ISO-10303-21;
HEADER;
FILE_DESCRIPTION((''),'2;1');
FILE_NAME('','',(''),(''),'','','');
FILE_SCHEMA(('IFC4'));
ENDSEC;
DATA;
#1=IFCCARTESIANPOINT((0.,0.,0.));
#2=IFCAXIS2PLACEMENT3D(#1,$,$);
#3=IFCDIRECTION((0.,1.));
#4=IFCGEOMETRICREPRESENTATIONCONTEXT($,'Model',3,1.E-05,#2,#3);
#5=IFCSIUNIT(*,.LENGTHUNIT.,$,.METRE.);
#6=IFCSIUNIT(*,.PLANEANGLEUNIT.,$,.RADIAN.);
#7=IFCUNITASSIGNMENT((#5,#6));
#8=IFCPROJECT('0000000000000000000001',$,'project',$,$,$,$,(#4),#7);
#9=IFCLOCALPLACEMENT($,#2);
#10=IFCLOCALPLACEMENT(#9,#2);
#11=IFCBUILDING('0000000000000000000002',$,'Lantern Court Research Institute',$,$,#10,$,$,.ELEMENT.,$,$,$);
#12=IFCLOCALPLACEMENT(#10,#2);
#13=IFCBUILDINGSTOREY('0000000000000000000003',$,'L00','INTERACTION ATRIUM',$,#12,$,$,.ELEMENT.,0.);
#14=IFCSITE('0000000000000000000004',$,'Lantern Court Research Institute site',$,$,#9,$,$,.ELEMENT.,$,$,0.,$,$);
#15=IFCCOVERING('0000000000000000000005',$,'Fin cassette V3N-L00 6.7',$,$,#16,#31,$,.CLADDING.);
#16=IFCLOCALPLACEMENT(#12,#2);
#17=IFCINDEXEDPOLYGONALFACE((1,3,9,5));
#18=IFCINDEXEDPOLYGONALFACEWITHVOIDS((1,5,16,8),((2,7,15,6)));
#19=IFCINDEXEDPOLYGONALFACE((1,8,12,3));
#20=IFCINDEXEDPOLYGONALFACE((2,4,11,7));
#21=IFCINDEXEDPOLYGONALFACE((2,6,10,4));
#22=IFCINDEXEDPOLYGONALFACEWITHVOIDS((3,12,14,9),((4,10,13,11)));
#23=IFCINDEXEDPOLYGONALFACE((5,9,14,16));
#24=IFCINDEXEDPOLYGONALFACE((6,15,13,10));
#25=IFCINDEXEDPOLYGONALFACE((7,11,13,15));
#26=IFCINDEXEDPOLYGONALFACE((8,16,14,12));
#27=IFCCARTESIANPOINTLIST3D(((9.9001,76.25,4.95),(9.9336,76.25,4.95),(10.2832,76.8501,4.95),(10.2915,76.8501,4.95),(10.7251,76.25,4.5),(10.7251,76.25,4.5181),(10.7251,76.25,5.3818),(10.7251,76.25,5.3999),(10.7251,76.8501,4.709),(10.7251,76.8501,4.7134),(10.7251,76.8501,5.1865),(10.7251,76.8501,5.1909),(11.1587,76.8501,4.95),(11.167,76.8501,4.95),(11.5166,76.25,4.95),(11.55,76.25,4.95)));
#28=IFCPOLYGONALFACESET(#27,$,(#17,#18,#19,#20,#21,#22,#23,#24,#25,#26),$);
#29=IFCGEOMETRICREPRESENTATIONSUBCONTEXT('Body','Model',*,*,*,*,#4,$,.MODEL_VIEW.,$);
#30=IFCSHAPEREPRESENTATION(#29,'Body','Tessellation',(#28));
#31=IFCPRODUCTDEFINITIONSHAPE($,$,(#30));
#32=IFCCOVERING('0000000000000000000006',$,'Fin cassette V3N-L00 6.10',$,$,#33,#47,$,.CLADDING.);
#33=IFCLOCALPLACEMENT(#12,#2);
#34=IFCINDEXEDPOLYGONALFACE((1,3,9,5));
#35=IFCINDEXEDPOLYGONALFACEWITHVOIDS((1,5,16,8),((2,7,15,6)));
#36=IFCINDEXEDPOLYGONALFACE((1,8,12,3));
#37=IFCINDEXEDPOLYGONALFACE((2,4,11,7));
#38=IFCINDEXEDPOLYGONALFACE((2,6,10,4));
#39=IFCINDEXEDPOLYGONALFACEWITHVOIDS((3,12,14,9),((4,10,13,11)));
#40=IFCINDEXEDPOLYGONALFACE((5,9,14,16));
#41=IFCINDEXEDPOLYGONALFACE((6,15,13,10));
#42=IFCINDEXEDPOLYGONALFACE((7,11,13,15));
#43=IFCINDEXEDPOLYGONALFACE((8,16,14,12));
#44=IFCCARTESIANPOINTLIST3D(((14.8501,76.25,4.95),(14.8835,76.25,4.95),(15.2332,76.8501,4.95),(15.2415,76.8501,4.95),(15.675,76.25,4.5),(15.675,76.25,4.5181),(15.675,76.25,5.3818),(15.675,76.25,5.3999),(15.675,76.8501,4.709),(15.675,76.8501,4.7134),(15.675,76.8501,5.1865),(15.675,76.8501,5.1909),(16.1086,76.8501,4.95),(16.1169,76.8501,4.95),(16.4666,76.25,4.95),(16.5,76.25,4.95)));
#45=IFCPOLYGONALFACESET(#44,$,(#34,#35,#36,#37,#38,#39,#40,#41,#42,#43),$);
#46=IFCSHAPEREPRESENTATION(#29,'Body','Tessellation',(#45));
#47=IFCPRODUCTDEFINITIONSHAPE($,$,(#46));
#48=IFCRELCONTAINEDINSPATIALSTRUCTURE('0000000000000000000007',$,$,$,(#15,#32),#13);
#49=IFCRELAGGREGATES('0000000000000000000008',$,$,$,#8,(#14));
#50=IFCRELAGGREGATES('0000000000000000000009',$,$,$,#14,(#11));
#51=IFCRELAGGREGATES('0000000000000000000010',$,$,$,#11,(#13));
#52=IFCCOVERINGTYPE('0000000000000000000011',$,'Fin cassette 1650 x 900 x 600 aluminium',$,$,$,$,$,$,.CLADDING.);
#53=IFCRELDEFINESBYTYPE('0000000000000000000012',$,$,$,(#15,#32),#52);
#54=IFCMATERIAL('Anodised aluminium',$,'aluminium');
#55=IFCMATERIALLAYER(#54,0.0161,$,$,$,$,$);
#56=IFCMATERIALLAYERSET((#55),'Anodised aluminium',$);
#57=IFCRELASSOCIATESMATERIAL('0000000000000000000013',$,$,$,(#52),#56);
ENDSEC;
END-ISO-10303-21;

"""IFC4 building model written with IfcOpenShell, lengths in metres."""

from ifc_helpers import new_model, entity, si_unit, direction, frame, origin, place, context, subcontext, project, spatial, material, layer, layer_set, type_object, element, save


model = new_model("IFC4")

# Units and contexts
model_context = context("Model", 3, precision=1e-05, world=origin(), true_north=direction((0.0, 1.0)))
body_context = subcontext(model_context, "Body", "Model", "MODEL_VIEW")
ifc_project = project(units=[si_unit("LENGTHUNIT", "METRE"), si_unit("PLANEANGLEUNIT", "RADIAN")], contexts=[model_context])

# Site, building, storey
site_placement = place(None, origin())
site = spatial("IfcSite", under=ifc_project, at=site_placement, Name="Lantern Court Research Institute site", CompositionType="ELEMENT", RefElevation=0.0)
building_placement = place(site_placement, origin())
building = spatial("IfcBuilding", under=site, at=building_placement, Name="Lantern Court Research Institute", CompositionType="ELEMENT")
storey_placement = place(building_placement, origin())
storey = spatial("IfcBuildingStorey", under=building, at=storey_placement, Name="L00", Description="INTERACTION ATRIUM", CompositionType="ELEMENT", Elevation=0.0)

# Coverings
ifc_material_1 = material(Name="Anodised aluminium", Category="aluminium")
ifc_layer_1 = layer(ifc_material_1, 0.0161)
ifc_layer_set_1 = layer_set([ifc_layer_1], Name="Anodised aluminium")
covering_type_1 = type_object("IfcCoveringType", Name="Fin cassette 1650 x 900 x 600 aluminium", PredefinedType="CLADDING", material=ifc_layer_set_1)
covering_1_placement = place(storey_placement, frame((10.7251, 76.25, 4.95), z_axis=(0.0, 1.0, 0.0), x_axis=(-1.0, 0.0, 0.0)))
cartesian_point_1 = entity("IfcCartesianPoint", [0.825, 0.0])
cartesian_point_2 = entity("IfcCartesianPoint", [0.7915, 0.0])
cartesian_point_3 = entity("IfcCartesianPoint", [0.4419, 0.0])
cartesian_point_4 = entity("IfcCartesianPoint", [0.4336, 0.0])
element("IfcCovering", 1, at=covering_1_placement, inside=storey, type_object=covering_type_1, Name="Fin cassette V3N-L00 6.7", PredefinedType="CLADDING", context=body_context, shape_type="SweptSolid", body=[
    entity("IfcExtrudedAreaSolidTapered", entity("IfcArbitraryProfileDefWithVoids", "AREA", None, entity("IfcPolyline", [cartesian_point_1, entity("IfcCartesianPoint", [0.0, 0.45]), entity("IfcCartesianPoint", [-0.825, 0.0]), entity("IfcCartesianPoint", [0.0, -0.45]), cartesian_point_1]), [entity("IfcPolyline", [cartesian_point_2, entity("IfcCartesianPoint", [0.0, 0.4319]), entity("IfcCartesianPoint", [-0.7915, 0.0]), entity("IfcCartesianPoint", [0.0, -0.4319]), cartesian_point_2])]), entity("IfcAxis2Placement3D", entity("IfcCartesianPoint", [0.0, 0.0, 0.0])), entity("IfcDirection", [0.0, 0.0, 1.0]), 0.6001, entity("IfcArbitraryProfileDefWithVoids", "AREA", None, entity("IfcPolyline", [cartesian_point_3, entity("IfcCartesianPoint", [0.0, 0.241]), entity("IfcCartesianPoint", [-0.4419, 0.0]), entity("IfcCartesianPoint", [0.0, -0.241]), cartesian_point_3]), [entity("IfcPolyline", [cartesian_point_4, entity("IfcCartesianPoint", [0.0, 0.2366]), entity("IfcCartesianPoint", [-0.4336, 0.0]), entity("IfcCartesianPoint", [0.0, -0.2366]), cartesian_point_4])])),
])
covering_2_placement = place(storey_placement, frame((15.675, 76.25, 4.95), z_axis=(0.0, 1.0, 0.0), x_axis=(-1.0, 0.0, 0.0)))
cartesian_point_5 = entity("IfcCartesianPoint", [0.825, 0.0])
cartesian_point_6 = entity("IfcCartesianPoint", [0.7915, 0.0])
cartesian_point_7 = entity("IfcCartesianPoint", [0.4419, 0.0])
cartesian_point_8 = entity("IfcCartesianPoint", [0.4336, 0.0])
element("IfcCovering", 2, at=covering_2_placement, inside=storey, type_object=covering_type_1, Name="Fin cassette V3N-L00 6.10", PredefinedType="CLADDING", context=body_context, shape_type="SweptSolid", body=[
    entity("IfcExtrudedAreaSolidTapered", entity("IfcArbitraryProfileDefWithVoids", "AREA", None, entity("IfcPolyline", [cartesian_point_5, entity("IfcCartesianPoint", [0.0, 0.45]), entity("IfcCartesianPoint", [-0.825, 0.0]), entity("IfcCartesianPoint", [0.0, -0.45]), cartesian_point_5]), [entity("IfcPolyline", [cartesian_point_6, entity("IfcCartesianPoint", [0.0, 0.4319]), entity("IfcCartesianPoint", [-0.7915, 0.0]), entity("IfcCartesianPoint", [0.0, -0.4319]), cartesian_point_6])]), entity("IfcAxis2Placement3D", entity("IfcCartesianPoint", [0.0, 0.0, 0.0])), entity("IfcDirection", [0.0, 0.0, 1.0]), 0.6001, entity("IfcArbitraryProfileDefWithVoids", "AREA", None, entity("IfcPolyline", [cartesian_point_7, entity("IfcCartesianPoint", [0.0, 0.241]), entity("IfcCartesianPoint", [-0.4419, 0.0]), entity("IfcCartesianPoint", [0.0, -0.241]), cartesian_point_7]), [entity("IfcPolyline", [cartesian_point_8, entity("IfcCartesianPoint", [0.0, 0.2366]), entity("IfcCartesianPoint", [-0.4336, 0.0]), entity("IfcCartesianPoint", [0.0, -0.2366]), cartesian_point_8])])),
])

save(model, "model.ifc")
